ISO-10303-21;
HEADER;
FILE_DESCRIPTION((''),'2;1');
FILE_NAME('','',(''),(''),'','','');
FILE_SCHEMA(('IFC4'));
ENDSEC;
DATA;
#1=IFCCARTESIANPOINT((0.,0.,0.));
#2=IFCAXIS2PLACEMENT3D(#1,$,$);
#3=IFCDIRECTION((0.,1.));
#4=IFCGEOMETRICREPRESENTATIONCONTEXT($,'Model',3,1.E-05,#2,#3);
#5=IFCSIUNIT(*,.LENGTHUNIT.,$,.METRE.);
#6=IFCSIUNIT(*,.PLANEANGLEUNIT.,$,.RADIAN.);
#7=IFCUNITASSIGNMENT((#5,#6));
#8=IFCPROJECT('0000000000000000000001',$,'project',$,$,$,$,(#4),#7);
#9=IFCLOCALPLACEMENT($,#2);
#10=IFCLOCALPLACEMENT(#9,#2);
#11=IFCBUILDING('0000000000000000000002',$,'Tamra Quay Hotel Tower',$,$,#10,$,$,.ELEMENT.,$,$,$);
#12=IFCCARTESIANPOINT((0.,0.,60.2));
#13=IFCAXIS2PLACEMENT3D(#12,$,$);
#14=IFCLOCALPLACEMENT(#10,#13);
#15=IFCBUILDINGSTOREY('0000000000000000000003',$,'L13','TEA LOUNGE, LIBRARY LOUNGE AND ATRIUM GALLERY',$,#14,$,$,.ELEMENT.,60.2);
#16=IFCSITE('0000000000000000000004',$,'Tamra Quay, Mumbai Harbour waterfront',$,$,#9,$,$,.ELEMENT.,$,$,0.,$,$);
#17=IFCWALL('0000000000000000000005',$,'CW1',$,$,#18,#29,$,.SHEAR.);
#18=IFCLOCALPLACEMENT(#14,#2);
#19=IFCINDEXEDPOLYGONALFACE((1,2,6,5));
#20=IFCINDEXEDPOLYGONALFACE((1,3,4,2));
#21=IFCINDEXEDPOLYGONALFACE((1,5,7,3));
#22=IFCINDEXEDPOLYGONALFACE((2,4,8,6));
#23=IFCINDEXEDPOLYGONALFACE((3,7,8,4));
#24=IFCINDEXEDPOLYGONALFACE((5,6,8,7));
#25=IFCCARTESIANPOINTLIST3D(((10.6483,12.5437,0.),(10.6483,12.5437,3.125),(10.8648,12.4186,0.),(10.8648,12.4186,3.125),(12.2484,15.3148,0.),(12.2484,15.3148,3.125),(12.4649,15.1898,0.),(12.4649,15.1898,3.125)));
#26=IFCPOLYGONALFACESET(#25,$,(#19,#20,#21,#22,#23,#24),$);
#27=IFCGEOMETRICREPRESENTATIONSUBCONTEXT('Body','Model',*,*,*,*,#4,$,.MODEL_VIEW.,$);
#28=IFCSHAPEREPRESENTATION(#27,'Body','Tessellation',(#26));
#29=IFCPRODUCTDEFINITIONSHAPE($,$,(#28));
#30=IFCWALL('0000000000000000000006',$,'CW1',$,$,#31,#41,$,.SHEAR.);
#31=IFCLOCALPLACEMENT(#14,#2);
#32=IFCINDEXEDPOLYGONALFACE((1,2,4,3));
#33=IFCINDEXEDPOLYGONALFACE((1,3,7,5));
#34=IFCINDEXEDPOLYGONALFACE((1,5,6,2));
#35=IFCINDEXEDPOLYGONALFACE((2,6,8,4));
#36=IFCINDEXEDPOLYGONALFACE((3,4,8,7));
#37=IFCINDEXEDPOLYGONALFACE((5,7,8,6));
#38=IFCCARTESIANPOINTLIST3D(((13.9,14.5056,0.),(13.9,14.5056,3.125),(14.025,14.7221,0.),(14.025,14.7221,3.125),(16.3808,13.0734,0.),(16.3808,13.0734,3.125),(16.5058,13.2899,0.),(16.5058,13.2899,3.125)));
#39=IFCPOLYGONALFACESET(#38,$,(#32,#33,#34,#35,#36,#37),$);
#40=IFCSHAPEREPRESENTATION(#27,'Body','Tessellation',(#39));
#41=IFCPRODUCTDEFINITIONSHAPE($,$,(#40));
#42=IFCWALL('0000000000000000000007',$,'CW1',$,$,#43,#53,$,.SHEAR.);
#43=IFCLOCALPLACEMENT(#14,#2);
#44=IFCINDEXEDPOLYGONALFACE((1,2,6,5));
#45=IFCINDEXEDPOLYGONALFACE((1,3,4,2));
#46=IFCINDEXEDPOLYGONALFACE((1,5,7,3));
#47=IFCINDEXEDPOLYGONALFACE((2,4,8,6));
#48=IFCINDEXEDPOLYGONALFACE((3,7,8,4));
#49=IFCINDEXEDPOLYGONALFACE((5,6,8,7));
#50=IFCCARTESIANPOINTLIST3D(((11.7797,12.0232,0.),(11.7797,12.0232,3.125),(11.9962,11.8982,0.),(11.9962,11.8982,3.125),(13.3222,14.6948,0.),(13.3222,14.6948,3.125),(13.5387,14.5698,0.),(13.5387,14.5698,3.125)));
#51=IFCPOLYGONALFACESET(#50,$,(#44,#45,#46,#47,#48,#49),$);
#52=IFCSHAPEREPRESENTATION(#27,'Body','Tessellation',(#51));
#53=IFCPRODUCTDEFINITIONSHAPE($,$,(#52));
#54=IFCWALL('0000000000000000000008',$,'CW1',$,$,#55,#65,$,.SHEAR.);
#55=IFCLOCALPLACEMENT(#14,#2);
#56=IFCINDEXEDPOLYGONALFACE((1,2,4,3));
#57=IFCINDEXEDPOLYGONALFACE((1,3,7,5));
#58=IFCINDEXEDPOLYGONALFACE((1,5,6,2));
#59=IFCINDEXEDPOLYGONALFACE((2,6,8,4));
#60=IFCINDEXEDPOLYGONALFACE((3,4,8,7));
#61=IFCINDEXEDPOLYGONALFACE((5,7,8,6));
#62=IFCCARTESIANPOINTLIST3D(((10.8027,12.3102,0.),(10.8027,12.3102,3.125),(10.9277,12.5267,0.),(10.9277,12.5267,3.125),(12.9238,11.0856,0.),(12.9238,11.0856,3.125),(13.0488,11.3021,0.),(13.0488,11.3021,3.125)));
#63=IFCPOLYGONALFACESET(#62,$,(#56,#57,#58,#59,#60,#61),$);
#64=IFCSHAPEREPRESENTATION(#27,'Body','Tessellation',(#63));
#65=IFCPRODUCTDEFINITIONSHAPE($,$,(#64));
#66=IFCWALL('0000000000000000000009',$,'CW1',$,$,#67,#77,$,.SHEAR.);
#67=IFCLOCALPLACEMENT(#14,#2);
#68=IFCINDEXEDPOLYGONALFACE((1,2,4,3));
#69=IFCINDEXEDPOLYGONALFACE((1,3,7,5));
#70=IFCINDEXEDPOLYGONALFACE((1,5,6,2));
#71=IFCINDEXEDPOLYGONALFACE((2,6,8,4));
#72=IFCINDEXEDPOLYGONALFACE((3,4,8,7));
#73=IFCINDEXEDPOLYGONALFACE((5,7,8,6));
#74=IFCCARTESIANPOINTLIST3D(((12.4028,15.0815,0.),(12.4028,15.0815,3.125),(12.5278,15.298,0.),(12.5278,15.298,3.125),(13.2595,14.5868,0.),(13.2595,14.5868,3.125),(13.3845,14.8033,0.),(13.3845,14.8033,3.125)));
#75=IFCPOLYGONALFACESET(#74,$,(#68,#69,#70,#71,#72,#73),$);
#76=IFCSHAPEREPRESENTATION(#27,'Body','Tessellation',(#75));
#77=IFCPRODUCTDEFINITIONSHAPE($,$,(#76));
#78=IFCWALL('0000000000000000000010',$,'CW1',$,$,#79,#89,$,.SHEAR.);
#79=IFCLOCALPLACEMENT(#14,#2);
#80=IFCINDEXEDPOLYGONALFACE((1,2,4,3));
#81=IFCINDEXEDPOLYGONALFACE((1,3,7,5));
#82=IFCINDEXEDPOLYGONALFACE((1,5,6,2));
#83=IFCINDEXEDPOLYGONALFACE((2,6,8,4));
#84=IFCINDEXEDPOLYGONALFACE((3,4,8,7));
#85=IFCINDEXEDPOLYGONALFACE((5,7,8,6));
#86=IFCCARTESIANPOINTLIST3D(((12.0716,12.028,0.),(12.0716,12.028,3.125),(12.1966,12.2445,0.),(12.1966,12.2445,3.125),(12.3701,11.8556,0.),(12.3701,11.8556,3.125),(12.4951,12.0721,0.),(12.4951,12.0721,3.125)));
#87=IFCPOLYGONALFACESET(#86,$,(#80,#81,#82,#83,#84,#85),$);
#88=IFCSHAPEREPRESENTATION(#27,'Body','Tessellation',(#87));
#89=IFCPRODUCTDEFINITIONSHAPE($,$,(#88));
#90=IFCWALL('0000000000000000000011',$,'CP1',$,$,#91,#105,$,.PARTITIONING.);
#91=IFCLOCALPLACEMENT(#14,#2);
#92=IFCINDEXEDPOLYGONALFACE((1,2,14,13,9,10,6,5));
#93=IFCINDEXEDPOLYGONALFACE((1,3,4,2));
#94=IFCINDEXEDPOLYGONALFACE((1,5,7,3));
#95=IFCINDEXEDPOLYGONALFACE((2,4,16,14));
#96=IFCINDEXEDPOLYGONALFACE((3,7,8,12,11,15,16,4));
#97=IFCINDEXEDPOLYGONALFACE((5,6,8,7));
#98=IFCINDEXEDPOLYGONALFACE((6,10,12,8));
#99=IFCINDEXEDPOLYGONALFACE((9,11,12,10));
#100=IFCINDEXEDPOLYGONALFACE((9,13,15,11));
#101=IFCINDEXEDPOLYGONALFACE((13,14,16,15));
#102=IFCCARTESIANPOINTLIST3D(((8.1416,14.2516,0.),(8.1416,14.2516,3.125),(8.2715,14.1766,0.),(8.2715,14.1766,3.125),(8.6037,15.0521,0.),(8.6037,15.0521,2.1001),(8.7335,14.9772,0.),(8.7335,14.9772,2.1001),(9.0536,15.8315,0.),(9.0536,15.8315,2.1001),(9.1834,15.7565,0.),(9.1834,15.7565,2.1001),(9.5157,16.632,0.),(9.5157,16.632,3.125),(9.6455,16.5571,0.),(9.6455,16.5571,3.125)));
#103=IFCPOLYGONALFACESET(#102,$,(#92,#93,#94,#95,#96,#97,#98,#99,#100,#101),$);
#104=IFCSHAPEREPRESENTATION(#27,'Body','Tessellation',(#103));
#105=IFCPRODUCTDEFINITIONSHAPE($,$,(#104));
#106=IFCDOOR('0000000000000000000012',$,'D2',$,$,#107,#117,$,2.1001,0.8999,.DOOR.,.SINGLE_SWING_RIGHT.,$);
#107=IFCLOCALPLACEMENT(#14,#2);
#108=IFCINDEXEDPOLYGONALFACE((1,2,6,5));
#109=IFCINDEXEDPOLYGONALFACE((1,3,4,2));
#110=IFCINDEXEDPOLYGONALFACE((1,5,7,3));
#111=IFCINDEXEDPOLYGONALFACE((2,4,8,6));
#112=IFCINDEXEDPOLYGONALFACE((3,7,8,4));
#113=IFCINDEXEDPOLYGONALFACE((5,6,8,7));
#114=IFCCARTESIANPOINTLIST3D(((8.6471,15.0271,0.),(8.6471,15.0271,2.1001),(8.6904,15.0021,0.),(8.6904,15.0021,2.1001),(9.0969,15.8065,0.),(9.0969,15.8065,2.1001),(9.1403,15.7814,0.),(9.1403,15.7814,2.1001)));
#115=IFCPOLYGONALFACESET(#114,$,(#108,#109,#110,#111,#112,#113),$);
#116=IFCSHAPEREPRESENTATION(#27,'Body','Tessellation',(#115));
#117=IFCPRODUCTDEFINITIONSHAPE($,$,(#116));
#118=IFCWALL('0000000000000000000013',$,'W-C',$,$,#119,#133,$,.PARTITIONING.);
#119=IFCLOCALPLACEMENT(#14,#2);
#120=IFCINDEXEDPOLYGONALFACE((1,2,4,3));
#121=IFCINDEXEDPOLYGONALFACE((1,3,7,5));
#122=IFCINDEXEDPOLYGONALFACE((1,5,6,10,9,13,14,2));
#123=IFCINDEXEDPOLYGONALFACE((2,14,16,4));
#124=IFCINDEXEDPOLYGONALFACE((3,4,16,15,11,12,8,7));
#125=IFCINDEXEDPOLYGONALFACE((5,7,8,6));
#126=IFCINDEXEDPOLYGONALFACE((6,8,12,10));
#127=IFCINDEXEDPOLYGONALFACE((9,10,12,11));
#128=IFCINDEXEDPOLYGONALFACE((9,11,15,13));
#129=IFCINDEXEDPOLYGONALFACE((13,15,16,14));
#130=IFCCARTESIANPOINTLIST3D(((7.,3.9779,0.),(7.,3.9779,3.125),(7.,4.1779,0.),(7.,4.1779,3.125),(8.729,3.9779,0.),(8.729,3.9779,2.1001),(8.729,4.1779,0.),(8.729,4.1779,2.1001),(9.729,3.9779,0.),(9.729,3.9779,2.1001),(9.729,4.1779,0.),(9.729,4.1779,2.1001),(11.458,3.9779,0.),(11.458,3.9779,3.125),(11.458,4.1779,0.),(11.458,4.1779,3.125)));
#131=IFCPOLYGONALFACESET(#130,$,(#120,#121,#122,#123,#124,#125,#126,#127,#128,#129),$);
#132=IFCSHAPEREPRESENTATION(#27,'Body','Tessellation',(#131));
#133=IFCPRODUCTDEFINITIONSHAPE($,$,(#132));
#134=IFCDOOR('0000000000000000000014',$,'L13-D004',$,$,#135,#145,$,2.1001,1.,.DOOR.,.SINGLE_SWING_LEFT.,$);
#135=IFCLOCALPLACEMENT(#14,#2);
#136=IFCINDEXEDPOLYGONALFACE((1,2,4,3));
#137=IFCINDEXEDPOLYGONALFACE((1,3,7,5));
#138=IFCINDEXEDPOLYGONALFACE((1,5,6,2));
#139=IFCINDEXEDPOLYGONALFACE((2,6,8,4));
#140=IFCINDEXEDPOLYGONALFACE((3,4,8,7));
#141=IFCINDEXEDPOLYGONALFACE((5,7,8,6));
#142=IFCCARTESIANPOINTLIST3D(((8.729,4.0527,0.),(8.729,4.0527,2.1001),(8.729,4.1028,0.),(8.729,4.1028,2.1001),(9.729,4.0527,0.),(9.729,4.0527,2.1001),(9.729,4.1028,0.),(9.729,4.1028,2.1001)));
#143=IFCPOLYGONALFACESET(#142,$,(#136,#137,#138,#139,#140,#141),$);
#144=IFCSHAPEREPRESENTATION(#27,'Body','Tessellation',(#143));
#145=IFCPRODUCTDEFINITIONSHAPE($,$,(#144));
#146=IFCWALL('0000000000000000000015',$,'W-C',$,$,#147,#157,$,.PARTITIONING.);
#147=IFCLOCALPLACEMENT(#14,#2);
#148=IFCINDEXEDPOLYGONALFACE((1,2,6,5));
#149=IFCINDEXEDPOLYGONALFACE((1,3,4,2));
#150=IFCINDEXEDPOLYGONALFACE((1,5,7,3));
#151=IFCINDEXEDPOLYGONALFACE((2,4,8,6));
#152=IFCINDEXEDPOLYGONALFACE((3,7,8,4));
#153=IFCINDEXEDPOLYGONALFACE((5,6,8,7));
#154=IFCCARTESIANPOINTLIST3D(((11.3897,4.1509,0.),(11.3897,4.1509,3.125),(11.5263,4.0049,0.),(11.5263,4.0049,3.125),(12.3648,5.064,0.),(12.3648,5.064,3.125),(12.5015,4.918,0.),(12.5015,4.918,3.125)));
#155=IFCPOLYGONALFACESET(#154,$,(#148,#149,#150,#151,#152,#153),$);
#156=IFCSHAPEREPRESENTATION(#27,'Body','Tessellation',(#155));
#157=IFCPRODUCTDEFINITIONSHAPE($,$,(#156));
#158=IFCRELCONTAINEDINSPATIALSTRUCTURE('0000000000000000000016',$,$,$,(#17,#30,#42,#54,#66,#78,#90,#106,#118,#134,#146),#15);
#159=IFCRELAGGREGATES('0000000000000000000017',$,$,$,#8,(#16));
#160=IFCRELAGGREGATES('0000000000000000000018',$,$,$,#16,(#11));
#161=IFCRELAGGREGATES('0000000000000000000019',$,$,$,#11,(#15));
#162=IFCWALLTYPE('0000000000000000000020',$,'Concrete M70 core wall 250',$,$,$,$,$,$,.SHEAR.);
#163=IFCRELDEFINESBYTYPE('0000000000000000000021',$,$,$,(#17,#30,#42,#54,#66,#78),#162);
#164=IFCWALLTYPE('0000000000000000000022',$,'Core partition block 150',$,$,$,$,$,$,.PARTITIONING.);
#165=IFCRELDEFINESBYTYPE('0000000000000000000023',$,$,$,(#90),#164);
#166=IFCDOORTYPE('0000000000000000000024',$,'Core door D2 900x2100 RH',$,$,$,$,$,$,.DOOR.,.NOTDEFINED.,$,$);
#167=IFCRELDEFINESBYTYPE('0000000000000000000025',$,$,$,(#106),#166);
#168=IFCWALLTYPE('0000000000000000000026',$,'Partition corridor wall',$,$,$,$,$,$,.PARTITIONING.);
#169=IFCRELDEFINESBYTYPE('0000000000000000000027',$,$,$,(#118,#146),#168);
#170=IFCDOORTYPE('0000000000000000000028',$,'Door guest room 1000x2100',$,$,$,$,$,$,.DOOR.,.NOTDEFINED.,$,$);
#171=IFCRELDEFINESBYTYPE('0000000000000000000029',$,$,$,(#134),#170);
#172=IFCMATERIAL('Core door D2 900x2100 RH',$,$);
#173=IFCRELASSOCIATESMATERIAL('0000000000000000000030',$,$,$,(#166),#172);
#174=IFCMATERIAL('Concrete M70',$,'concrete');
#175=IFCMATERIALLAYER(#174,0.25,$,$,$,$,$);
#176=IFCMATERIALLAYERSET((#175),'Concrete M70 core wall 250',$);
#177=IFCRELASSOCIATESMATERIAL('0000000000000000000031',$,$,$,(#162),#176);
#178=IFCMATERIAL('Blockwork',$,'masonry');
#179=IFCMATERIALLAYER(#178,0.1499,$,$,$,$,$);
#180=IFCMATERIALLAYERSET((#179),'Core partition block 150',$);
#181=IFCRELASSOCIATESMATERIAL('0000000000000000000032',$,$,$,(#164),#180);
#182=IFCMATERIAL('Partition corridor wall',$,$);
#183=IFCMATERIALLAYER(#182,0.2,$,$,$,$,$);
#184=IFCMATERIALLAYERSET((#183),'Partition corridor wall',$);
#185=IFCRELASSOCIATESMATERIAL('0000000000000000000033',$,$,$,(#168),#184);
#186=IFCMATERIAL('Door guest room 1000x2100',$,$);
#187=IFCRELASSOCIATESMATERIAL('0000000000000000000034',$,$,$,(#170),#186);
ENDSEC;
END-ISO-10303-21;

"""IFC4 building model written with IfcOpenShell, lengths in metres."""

from ifc_helpers import new_model, si_unit, direction, frame, frame_2d, origin, place, context, subcontext, project, spatial, rectangle, extrude, material, layer, layer_set, type_object, element, fill, save


model = new_model("IFC4")

# Units and contexts
model_context = context("Model", 3, precision=1e-05, world=origin(), true_north=direction((0.0, 1.0)))
body_context = subcontext(model_context, "Body", "Model", "MODEL_VIEW")
ifc_project = project(units=[si_unit("LENGTHUNIT", "METRE"), si_unit("PLANEANGLEUNIT", "RADIAN")], contexts=[model_context])

# Site, building, storey
site_placement = place(None, origin())
site = spatial("IfcSite", under=ifc_project, at=site_placement, Name="Tamra Quay, Mumbai Harbour waterfront", CompositionType="ELEMENT", RefElevation=0.0)
building_placement = place(site_placement, origin())
building = spatial("IfcBuilding", under=site, at=building_placement, Name="Tamra Quay Hotel Tower", CompositionType="ELEMENT")
storey_placement = place(building_placement, frame((0.0, 0.0, 60.2)))
storey = spatial("IfcBuildingStorey", under=building, at=storey_placement, Name="L13", Description="TEA LOUNGE, LIBRARY LOUNGE AND ATRIUM GALLERY", CompositionType="ELEMENT", Elevation=60.2)

# Shared definitions
ifc_material_1 = material(Name="Concrete M70", Category="concrete")

# Shared definitions
ifc_material_2 = material(Name="Core door D2 900x2100 RH")
door_type_1 = type_object("IfcDoorType", Name="Core door D2 900x2100 RH", OperationType="NOTDEFINED", PredefinedType="DOOR", material=ifc_material_2)

# Shared definitions
ifc_layer_1 = layer(ifc_material_1, 0.25)
ifc_layer_set_1 = layer_set([ifc_layer_1], Name="Concrete M70 core wall 250")
wall_type_1 = type_object("IfcWallType", Name="Concrete M70 core wall 250", PredefinedType="SHEAR", material=ifc_layer_set_1)

# Walls
wall_1_placement = place(storey_placement, frame((12.3567, 15.2524, 0.0), z_axis=(0.0, 0.0, 1.0), x_axis=(-0.500028, -0.866009, 0.0)))
element("IfcWall", 1, at=wall_1_placement, inside=storey, type_object=wall_type_1, Name="CW1", PredefinedType="SHEAR", context=body_context, shape_type="SweptSolid", body=[
    extrude(rectangle(XDim=3.2, YDim=0.25, at=frame_2d((1.6001, 0.0))), origin(), (0.0, 0.0, 1.0), 3.125),
])
wall_2_placement = place(storey_placement, frame((13.9626, 14.6138, 0.0), z_axis=(0.0, 0.0, 1.0), x_axis=(0.866042, -0.499971, 0.0)))
element("IfcWall", 2, at=wall_2_placement, inside=storey, type_object=wall_type_1, Name="CW1", PredefinedType="SHEAR", context=body_context, shape_type="SweptSolid", body=[
    extrude(rectangle(XDim=2.8645, YDim=0.25, at=frame_2d((1.4321, 0.0))), origin(), (0.0, 0.0, 1.0), 3.125),
])
wall_3_placement = place(storey_placement, frame((11.8879, 11.9607, 0.0), z_axis=(0.0, 0.0, 1.0), x_axis=(0.500003, 0.866023, 0.0)))
element("IfcWall", 3, at=wall_3_placement, inside=storey, type_object=wall_type_1, Name="CW1", PredefinedType="SHEAR", context=body_context, shape_type="SweptSolid", body=[
    extrude(rectangle(XDim=3.085, YDim=0.25, at=frame_2d((1.5425, 0.0))), origin(), (0.0, 0.0, 1.0), 3.125),
])
wall_4_placement = place(storey_placement, frame((10.8652, 12.4185, 0.0), z_axis=(0.0, 0.0, 1.0), x_axis=(0.866026, -0.499999, 0.0)))
element("IfcWall", 4, at=wall_4_placement, inside=storey, type_object=wall_type_1, Name="CW1", PredefinedType="SHEAR", context=body_context, shape_type="SweptSolid", body=[
    extrude(rectangle(XDim=2.4492, YDim=0.25, at=frame_2d((1.2246, 0.0))), origin(), (0.0, 0.0, 1.0), 3.125),
])
wall_5_placement = place(storey_placement, frame((13.322, 14.6951, 0.0), z_axis=(0.0, 0.0, 1.0), x_axis=(-0.866017, 0.500014, 0.0)))
element("IfcWall", 5, at=wall_5_placement, inside=storey, type_object=wall_type_1, Name="CW1", PredefinedType="SHEAR", context=body_context, shape_type="SweptSolid", body=[
    extrude(rectangle(XDim=0.9893, YDim=0.25, at=frame_2d((0.4946, 0.0))), origin(), (0.0, 0.0, 1.0), 3.125),
])
wall_6_placement = place(storey_placement, frame((12.4326, 11.9639, 0.0), z_axis=(0.0, 0.0, 1.0), x_axis=(-0.866056, 0.499947, 0.0)))
element("IfcWall", 6, at=wall_6_placement, inside=storey, type_object=wall_type_1, Name="CW1", PredefinedType="SHEAR", context=body_context, shape_type="SweptSolid", body=[
    extrude(rectangle(XDim=0.3447, YDim=0.25, at=frame_2d((0.1724, 0.0))), origin(), (0.0, 0.0, 1.0), 3.125),
])

# Walls, openings, doors
ifc_material_3 = material(Name="Blockwork", Category="masonry")
ifc_layer_2 = layer(ifc_material_3, 0.1499)
ifc_layer_set_2 = layer_set([ifc_layer_2], Name="Core partition block 150")
wall_type_2 = type_object("IfcWallType", Name="Core partition block 150", PredefinedType="PARTITIONING", material=ifc_layer_set_2)
wall_7_placement = place(storey_placement, frame((8.2065, 14.2141, 0.0), z_axis=(0.0, 0.0, 1.0), x_axis=(0.499922, 0.86607, 0.0)))
wall_7 = element("IfcWall", 7, at=wall_7_placement, inside=storey, type_object=wall_type_2, Name="CP1", PredefinedType="PARTITIONING", context=body_context, shape_type="SweptSolid", body=[
    extrude(rectangle(XDim=2.7485, YDim=0.1499, at=frame_2d((1.3743, 0.0))), origin(), (0.0, 0.0, 1.0), 3.125),
])
opening_1_placement = place(wall_7_placement, frame((0.9243, 0.0, 0.0)))
opening_1 = element("IfcOpeningElement", 8, at=opening_1_placement, cuts=wall_7, PredefinedType="OPENING", context=body_context, shape_type="SweptSolid", body=[
    extrude(rectangle(XDim=0.8999, YDim=2.1001, at=frame_2d((0.45, 1.05))), frame((0.0, 0.085, 0.0), z_axis=(0.0, -1.0, 0.0), x_axis=(1.0, 0.0, 0.0)), (0.0, 0.0, 1.0), 0.1699),
])
door_1_placement = place(opening_1_placement, origin())
door_1 = element("IfcDoor", 9, at=door_1_placement, inside=storey, type_object=door_type_1, Name="D2", OperationType="SINGLE_SWING_RIGHT", OverallHeight=2.1001, OverallWidth=0.8999, PredefinedType="DOOR", context=body_context, shape_type="SweptSolid", body=[
    extrude(rectangle(XDim=0.8999, YDim=2.1001, at=frame_2d((0.45, 1.05))), frame((0.0, 0.0249, 0.0), z_axis=(0.0, -1.0, 0.0), x_axis=(1.0, 0.0, 0.0)), (0.0, 0.0, 1.0), 0.05),
])
fill(opening_1, door_1)
ifc_material_4 = material(Name="Partition corridor wall")
ifc_layer_3 = layer(ifc_material_4, 0.2)
ifc_layer_set_3 = layer_set([ifc_layer_3], Name="Partition corridor wall")
wall_type_3 = type_object("IfcWallType", Name="Partition corridor wall", PredefinedType="PARTITIONING", material=ifc_layer_set_3)
wall_8_placement = place(storey_placement, frame((7.0, 4.0779, 0.0), z_axis=(0.0, 0.0, 1.0), x_axis=(1.0, 0.0, 0.0)))
wall_8 = element("IfcWall", 10, at=wall_8_placement, inside=storey, type_object=wall_type_3, Name="W-C", PredefinedType="PARTITIONING", context=body_context, shape_type="SweptSolid", body=[
    extrude(rectangle(XDim=4.458, YDim=0.2, at=frame_2d((2.229, 0.0))), origin(), (0.0, 0.0, 1.0), 3.125),
])
opening_2_placement = place(wall_8_placement, frame((1.729, 0.0, 0.0)))
opening_2 = element("IfcOpeningElement", 11, at=opening_2_placement, cuts=wall_8, PredefinedType="OPENING", context=body_context, shape_type="SweptSolid", body=[
    extrude(rectangle(XDim=1.0, YDim=2.1001, at=frame_2d((0.5, 1.05))), frame((0.0, 0.1099, 0.0), z_axis=(0.0, -1.0, 0.0), x_axis=(1.0, 0.0, 0.0)), (0.0, 0.0, 1.0), 0.22),
])
ifc_material_5 = material(Name="Door guest room 1000x2100")
door_type_2 = type_object("IfcDoorType", Name="Door guest room 1000x2100", OperationType="NOTDEFINED", PredefinedType="DOOR", material=ifc_material_5)
door_2_placement = place(opening_2_placement, origin())
door_2 = element("IfcDoor", 12, at=door_2_placement, inside=storey, type_object=door_type_2, Name="L13-D004", OperationType="SINGLE_SWING_LEFT", OverallHeight=2.1001, OverallWidth=1.0, PredefinedType="DOOR", context=body_context, shape_type="SweptSolid", body=[
    extrude(rectangle(XDim=1.0, YDim=2.1001, at=frame_2d((0.5, 1.05))), frame((0.0, 0.0249, 0.0), z_axis=(0.0, -1.0, 0.0), x_axis=(1.0, 0.0, 0.0)), (0.0, 0.0, 1.0), 0.05),
])
fill(opening_2, door_2)

# Wall
wall_9_placement = place(storey_placement, frame((11.458, 4.0779, 0.0), z_axis=(0.0, 0.0, 1.0), x_axis=(0.729936, 0.683515, 0.0)))
element("IfcWall", 13, at=wall_9_placement, inside=storey, type_object=wall_type_3, Name="W-C", PredefinedType="PARTITIONING", context=body_context, shape_type="SweptSolid", body=[
    extrude(rectangle(XDim=1.3359, YDim=0.2, at=frame_2d((0.668, 0.0))), origin(), (0.0, 0.0, 1.0), 3.125),
])

save(model, "model.ifc")
